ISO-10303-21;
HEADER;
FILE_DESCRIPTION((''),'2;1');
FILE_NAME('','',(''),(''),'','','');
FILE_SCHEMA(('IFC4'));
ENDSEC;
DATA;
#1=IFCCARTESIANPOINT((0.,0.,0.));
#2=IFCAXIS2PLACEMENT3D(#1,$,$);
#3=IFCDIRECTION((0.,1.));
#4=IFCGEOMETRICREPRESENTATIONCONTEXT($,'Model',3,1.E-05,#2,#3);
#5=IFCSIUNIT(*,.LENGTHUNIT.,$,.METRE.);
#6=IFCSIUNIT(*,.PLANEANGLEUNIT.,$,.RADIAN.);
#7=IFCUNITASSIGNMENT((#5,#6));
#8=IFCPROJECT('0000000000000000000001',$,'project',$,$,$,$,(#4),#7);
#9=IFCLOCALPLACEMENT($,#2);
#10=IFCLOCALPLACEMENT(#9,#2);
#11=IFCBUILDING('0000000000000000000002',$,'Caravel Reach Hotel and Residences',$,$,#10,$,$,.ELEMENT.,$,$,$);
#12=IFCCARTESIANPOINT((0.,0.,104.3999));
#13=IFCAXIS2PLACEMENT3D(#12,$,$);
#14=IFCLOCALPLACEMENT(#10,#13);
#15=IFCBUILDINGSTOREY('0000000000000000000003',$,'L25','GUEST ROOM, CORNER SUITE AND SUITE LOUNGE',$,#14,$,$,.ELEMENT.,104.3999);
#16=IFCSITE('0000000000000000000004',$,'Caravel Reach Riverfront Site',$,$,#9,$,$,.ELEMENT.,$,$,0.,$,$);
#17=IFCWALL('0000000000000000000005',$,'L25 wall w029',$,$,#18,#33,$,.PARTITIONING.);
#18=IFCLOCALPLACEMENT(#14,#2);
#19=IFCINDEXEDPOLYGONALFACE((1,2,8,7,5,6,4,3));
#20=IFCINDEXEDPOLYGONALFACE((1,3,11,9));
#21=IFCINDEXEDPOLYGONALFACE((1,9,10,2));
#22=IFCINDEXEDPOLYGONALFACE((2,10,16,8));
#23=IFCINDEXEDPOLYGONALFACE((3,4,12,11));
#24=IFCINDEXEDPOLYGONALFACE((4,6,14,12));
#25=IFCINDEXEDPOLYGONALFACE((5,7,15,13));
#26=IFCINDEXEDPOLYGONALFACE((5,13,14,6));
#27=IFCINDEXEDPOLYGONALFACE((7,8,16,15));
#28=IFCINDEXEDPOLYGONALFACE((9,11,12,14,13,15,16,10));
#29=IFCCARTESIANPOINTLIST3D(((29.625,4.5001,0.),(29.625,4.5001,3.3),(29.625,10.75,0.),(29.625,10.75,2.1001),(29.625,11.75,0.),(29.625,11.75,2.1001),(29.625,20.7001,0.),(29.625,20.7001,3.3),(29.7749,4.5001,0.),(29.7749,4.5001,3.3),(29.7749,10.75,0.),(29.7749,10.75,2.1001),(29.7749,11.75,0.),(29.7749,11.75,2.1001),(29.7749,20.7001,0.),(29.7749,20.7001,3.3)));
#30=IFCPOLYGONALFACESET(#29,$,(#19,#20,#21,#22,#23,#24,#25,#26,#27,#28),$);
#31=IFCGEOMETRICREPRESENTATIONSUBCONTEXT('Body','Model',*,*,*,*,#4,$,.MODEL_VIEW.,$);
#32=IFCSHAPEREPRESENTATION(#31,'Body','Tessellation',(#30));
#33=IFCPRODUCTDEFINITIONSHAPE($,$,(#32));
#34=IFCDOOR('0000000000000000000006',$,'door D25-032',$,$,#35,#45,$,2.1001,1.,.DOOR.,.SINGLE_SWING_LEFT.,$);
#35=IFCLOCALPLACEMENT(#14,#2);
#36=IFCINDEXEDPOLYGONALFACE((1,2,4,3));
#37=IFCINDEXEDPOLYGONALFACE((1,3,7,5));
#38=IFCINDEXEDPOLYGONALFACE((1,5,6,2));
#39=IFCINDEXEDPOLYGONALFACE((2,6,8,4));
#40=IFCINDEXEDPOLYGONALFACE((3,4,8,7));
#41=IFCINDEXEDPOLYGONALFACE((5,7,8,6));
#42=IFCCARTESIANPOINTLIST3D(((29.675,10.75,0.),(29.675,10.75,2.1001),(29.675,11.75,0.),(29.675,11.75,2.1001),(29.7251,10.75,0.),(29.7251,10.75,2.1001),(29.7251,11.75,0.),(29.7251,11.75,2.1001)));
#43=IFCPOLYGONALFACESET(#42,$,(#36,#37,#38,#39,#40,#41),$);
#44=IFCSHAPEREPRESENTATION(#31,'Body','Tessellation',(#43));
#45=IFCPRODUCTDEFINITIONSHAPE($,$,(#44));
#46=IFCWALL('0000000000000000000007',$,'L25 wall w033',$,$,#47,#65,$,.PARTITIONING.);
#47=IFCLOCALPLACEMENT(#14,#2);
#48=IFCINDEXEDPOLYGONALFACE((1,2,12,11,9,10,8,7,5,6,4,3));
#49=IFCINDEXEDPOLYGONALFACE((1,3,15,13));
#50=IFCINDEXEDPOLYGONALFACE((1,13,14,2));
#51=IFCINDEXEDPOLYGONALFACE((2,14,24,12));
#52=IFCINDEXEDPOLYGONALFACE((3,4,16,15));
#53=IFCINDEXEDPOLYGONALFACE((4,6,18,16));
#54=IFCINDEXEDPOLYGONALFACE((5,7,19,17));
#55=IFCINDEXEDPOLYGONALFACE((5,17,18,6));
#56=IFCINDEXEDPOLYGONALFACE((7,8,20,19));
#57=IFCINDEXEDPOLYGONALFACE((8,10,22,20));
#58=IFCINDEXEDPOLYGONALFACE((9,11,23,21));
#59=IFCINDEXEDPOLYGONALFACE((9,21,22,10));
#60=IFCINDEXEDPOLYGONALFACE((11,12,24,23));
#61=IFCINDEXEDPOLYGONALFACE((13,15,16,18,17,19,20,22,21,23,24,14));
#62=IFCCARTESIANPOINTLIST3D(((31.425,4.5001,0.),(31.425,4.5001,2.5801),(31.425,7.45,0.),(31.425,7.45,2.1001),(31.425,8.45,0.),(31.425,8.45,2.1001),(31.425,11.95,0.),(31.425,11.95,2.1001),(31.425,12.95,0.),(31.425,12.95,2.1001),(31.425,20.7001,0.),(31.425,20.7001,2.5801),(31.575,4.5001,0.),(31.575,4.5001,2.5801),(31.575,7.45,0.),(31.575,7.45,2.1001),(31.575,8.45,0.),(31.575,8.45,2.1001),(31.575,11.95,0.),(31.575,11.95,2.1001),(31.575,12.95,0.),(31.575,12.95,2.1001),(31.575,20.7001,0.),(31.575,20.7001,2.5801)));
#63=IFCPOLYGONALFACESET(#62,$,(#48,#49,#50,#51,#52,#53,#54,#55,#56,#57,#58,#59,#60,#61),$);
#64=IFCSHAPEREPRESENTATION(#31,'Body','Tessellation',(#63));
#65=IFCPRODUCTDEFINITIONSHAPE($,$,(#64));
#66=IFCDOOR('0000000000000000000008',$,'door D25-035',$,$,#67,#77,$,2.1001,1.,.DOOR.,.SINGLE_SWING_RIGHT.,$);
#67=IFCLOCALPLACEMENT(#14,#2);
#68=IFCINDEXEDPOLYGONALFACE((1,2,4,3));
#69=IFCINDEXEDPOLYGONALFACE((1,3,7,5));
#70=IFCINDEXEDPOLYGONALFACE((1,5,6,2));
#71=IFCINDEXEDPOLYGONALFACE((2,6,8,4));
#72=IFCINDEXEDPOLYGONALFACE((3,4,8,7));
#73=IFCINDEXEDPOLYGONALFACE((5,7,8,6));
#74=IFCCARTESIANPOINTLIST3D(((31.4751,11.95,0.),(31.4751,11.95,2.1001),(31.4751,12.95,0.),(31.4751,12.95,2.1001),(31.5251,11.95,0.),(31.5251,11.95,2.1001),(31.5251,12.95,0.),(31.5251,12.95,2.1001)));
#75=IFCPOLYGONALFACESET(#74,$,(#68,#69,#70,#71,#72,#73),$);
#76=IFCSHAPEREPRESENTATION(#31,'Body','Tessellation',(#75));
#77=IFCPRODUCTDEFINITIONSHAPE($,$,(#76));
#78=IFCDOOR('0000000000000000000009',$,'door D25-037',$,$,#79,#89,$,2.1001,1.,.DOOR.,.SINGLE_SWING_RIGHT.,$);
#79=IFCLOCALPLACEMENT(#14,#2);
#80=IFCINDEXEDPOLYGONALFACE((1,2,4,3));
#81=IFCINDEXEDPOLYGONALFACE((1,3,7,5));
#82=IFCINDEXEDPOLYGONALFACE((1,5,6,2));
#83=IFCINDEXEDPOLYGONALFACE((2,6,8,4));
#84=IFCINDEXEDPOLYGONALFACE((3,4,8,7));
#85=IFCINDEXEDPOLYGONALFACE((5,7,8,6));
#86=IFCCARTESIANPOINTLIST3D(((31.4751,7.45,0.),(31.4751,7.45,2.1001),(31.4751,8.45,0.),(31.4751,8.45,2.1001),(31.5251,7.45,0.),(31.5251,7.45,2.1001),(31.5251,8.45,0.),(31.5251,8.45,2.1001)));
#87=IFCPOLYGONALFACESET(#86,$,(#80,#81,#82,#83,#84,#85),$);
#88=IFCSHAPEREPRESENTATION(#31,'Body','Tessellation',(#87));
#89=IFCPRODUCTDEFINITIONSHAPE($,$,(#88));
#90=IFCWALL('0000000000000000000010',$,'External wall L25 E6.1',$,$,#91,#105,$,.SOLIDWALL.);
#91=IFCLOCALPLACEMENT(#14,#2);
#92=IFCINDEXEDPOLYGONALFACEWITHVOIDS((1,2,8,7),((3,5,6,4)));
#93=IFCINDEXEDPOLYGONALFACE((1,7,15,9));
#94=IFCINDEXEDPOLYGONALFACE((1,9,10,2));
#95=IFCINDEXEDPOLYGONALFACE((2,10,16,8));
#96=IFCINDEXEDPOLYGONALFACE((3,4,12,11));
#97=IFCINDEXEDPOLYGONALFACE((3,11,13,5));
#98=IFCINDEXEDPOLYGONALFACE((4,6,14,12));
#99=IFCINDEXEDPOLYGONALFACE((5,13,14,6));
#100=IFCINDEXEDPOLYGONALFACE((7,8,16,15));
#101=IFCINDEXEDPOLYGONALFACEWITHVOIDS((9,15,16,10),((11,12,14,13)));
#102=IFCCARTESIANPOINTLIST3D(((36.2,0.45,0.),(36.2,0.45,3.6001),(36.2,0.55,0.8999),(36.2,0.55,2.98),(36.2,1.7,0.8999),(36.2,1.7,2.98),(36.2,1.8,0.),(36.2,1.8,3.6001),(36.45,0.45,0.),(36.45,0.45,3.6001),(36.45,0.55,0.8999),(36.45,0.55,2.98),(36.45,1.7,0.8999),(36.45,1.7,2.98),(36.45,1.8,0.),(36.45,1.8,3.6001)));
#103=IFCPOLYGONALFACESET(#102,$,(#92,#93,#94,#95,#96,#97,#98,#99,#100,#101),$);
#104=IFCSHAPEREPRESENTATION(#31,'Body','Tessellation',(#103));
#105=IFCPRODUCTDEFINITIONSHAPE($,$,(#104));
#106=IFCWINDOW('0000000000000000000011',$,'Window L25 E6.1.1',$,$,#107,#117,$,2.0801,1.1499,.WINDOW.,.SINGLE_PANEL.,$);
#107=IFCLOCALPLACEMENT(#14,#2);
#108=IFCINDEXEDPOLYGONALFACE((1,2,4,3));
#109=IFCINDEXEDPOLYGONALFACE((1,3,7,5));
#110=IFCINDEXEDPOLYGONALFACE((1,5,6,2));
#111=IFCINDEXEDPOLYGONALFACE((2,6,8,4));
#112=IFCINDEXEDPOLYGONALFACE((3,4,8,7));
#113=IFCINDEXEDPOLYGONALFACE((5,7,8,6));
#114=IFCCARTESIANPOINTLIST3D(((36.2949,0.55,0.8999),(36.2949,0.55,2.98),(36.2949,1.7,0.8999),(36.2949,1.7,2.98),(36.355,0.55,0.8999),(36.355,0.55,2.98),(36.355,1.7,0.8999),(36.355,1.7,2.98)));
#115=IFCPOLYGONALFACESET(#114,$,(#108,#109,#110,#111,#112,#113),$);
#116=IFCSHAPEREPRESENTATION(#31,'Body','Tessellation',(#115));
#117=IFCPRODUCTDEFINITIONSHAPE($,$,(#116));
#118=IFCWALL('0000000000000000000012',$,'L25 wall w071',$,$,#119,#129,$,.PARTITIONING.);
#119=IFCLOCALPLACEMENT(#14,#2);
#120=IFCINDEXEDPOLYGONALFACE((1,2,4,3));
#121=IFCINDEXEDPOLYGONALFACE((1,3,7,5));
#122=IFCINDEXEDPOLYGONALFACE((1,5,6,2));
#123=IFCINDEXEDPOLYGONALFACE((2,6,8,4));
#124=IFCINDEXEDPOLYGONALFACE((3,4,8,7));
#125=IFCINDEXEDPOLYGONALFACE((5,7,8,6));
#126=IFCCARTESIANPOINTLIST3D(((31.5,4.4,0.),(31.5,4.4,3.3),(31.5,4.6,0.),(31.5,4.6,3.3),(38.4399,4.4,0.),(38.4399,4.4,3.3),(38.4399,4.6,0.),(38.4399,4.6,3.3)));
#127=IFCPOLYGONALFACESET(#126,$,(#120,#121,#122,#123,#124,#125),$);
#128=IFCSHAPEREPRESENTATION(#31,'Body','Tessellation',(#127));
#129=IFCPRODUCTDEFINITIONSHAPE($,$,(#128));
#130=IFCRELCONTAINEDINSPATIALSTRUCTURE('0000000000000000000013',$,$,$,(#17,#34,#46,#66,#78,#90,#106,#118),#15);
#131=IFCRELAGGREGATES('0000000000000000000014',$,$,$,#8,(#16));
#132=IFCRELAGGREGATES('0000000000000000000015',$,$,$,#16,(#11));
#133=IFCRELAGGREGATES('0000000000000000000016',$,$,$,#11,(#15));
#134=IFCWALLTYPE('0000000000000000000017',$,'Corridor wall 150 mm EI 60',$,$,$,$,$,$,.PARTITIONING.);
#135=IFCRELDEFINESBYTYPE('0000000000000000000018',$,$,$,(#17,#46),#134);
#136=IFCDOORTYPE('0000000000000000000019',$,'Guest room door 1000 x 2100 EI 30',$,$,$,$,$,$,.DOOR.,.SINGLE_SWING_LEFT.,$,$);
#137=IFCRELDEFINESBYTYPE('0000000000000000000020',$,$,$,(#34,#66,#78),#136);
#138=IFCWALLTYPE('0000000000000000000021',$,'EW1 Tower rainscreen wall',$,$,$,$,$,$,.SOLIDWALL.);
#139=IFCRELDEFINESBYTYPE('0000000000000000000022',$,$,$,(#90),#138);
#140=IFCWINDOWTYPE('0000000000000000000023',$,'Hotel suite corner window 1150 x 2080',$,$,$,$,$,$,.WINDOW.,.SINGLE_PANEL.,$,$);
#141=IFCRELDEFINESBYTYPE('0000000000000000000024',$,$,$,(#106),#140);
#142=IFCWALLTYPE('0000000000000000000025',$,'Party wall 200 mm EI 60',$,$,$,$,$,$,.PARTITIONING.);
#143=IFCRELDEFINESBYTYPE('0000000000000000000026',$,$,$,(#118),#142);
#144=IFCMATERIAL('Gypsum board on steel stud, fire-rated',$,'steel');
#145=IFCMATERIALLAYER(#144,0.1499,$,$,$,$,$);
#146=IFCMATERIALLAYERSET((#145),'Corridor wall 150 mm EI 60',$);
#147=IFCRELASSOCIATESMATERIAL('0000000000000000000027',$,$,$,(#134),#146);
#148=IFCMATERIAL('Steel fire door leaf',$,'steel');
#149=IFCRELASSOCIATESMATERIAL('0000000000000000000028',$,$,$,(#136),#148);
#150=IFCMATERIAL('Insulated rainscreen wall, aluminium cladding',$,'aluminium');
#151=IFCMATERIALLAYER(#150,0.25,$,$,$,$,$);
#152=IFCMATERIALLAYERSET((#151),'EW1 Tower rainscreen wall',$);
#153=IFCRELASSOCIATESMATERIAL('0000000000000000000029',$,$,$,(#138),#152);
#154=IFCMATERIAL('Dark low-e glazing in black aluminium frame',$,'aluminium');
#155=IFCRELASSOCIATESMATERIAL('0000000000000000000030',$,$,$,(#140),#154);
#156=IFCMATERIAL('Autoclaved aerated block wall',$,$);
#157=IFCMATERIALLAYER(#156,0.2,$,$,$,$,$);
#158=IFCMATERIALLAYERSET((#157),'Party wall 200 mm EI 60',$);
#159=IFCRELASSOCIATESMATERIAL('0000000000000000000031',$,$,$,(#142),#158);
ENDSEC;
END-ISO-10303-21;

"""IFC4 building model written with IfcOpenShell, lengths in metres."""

from ifc_helpers import new_model, si_unit, direction, frame, frame_2d, origin, place, context, subcontext, project, spatial, rectangle, extrude, material, layer, layer_set, type_object, element, fill, save


model = new_model("IFC4")

# Units and contexts
model_context = context("Model", 3, precision=1e-05, world=origin(), true_north=direction((0.0, 1.0)))
body_context = subcontext(model_context, "Body", "Model", "MODEL_VIEW")
ifc_project = project(units=[si_unit("LENGTHUNIT", "METRE"), si_unit("PLANEANGLEUNIT", "RADIAN")], contexts=[model_context])

# Site, building, storey
site_placement = place(None, origin())
site = spatial("IfcSite", under=ifc_project, at=site_placement, Name="Caravel Reach Riverfront Site", CompositionType="ELEMENT", RefElevation=0.0)
building_placement = place(site_placement, origin())
building = spatial("IfcBuilding", under=site, at=building_placement, Name="Caravel Reach Hotel and Residences", CompositionType="ELEMENT")
storey_placement = place(building_placement, frame((0.0, 0.0, 104.3999)))
storey = spatial("IfcBuildingStorey", under=building, at=storey_placement, Name="L25", Description="GUEST ROOM, CORNER SUITE AND SUITE LOUNGE", CompositionType="ELEMENT", Elevation=104.3999)

# Wall, opening, door
ifc_material_1 = material(Name="Gypsum board on steel stud, fire-rated", Category="steel")
ifc_layer_1 = layer(ifc_material_1, 0.1499)
ifc_layer_set_1 = layer_set([ifc_layer_1], Name="Corridor wall 150 mm EI 60")
wall_type_1 = type_object("IfcWallType", Name="Corridor wall 150 mm EI 60", PredefinedType="PARTITIONING", material=ifc_layer_set_1)
ifc_material_2 = material(Name="Steel fire door leaf", Category="steel")
door_type_1 = type_object("IfcDoorType", Name="Guest room door 1000 x 2100 EI 30", OperationType="SINGLE_SWING_LEFT", PredefinedType="DOOR", material=ifc_material_2)
wall_1_placement = place(storey_placement, frame((29.7, 4.5, 0.0), z_axis=(0.0, 0.0, 1.0), x_axis=(0.0, 1.0, 0.0)))
wall_1 = element("IfcWall", 1, at=wall_1_placement, inside=storey, type_object=wall_type_1, Name="L25 wall w029", PredefinedType="PARTITIONING", context=body_context, shape_type="SweptSolid", body=[
    extrude(rectangle(XDim=16.2, YDim=0.1499, at=frame_2d((8.1001, 0.0))), origin(), (0.0, 0.0, 1.0), 3.3),
])
opening_1_placement = place(wall_1_placement, frame((6.25, 0.0, 0.0)))
opening_1 = element("IfcOpeningElement", 2, at=opening_1_placement, cuts=wall_1, PredefinedType="OPENING", context=body_context, shape_type="SweptSolid", body=[
    extrude(rectangle(XDim=1.0, YDim=2.1001, at=frame_2d((0.5, 1.05))), frame((0.0, 0.085, 0.0), z_axis=(0.0, -1.0, 0.0), x_axis=(1.0, 0.0, 0.0)), (0.0, 0.0, 1.0), 0.1699),
])
door_1_placement = place(opening_1_placement, origin())
door_1 = element("IfcDoor", 3, at=door_1_placement, inside=storey, type_object=door_type_1, Name="door D25-032", OperationType="SINGLE_SWING_LEFT", OverallHeight=2.1001, OverallWidth=1.0, PredefinedType="DOOR", context=body_context, shape_type="SweptSolid", body=[
    extrude(rectangle(XDim=1.0, YDim=2.1001, at=frame_2d((0.5, 1.05))), frame((0.0, 0.0249, 0.0), z_axis=(0.0, -1.0, 0.0), x_axis=(1.0, 0.0, 0.0)), (0.0, 0.0, 1.0), 0.05),
])
fill(opening_1, door_1)

# Wall, openings, doors
wall_2_placement = place(storey_placement, frame((31.5, 4.5, 0.0), z_axis=(0.0, 0.0, 1.0), x_axis=(0.0, 1.0, 0.0)))
wall_2 = element("IfcWall", 4, at=wall_2_placement, inside=storey, type_object=wall_type_1, Name="L25 wall w033", PredefinedType="PARTITIONING", context=body_context, shape_type="SweptSolid", body=[
    extrude(rectangle(XDim=16.2, YDim=0.1499, at=frame_2d((8.1001, 0.0))), origin(), (0.0, 0.0, 1.0), 2.5801),
])
opening_2_placement = place(wall_2_placement, frame((7.45, 0.0, 0.0)))
opening_2 = element("IfcOpeningElement", 5, at=opening_2_placement, cuts=wall_2, PredefinedType="OPENING", context=body_context, shape_type="SweptSolid", body=[
    extrude(rectangle(XDim=1.0, YDim=2.1001, at=frame_2d((0.5, 1.05))), frame((0.0, 0.085, 0.0), z_axis=(0.0, -1.0, 0.0), x_axis=(1.0, 0.0, 0.0)), (0.0, 0.0, 1.0), 0.1699),
])
opening_3_placement = place(wall_2_placement, frame((2.95, 0.0, 0.0)))
opening_3 = element("IfcOpeningElement", 6, at=opening_3_placement, cuts=wall_2, PredefinedType="OPENING", context=body_context, shape_type="SweptSolid", body=[
    extrude(rectangle(XDim=1.0, YDim=2.1001, at=frame_2d((0.5, 1.05))), frame((0.0, 0.085, 0.0), z_axis=(0.0, -1.0, 0.0), x_axis=(1.0, 0.0, 0.0)), (0.0, 0.0, 1.0), 0.1699),
])
door_2_placement = place(opening_2_placement, origin())
door_2 = element("IfcDoor", 7, at=door_2_placement, inside=storey, type_object=door_type_1, Name="door D25-035", OperationType="SINGLE_SWING_RIGHT", OverallHeight=2.1001, OverallWidth=1.0, PredefinedType="DOOR", context=body_context, shape_type="SweptSolid", body=[
    extrude(rectangle(XDim=1.0, YDim=2.1001, at=frame_2d((0.5, 1.05))), frame((0.0, 0.0249, 0.0), z_axis=(0.0, -1.0, 0.0), x_axis=(1.0, 0.0, 0.0)), (0.0, 0.0, 1.0), 0.05),
])
fill(opening_2, door_2)
door_3_placement = place(opening_3_placement, origin())
door_3 = element("IfcDoor", 8, at=door_3_placement, inside=storey, type_object=door_type_1, Name="door D25-037", OperationType="SINGLE_SWING_RIGHT", OverallHeight=2.1001, OverallWidth=1.0, PredefinedType="DOOR", context=body_context, shape_type="SweptSolid", body=[
    extrude(rectangle(XDim=1.0, YDim=2.1001, at=frame_2d((0.5, 1.05))), frame((0.0, 0.0249, 0.0), z_axis=(0.0, -1.0, 0.0), x_axis=(1.0, 0.0, 0.0)), (0.0, 0.0, 1.0), 0.05),
])
fill(opening_3, door_3)

# Wall, opening, window
ifc_material_3 = material(Name="Insulated rainscreen wall, aluminium cladding", Category="aluminium")
ifc_layer_2 = layer(ifc_material_3, 0.25)
ifc_layer_set_2 = layer_set([ifc_layer_2], Name="EW1 Tower rainscreen wall")
wall_type_2 = type_object("IfcWallType", Name="EW1 Tower rainscreen wall", PredefinedType="SOLIDWALL", material=ifc_layer_set_2)
wall_3_placement = place(storey_placement, frame((36.325, 0.45, 0.0), z_axis=(0.0, 0.0, 1.0), x_axis=(0.0, 1.0, 0.0)))
wall_3 = element("IfcWall", 9, at=wall_3_placement, inside=storey, type_object=wall_type_2, Name="External wall L25 E6.1", PredefinedType="SOLIDWALL", context=body_context, shape_type="SweptSolid", body=[
    extrude(rectangle(XDim=1.3501, YDim=0.25, at=frame_2d((0.675, 0.0))), origin(), (0.0, 0.0, 1.0), 3.6001),
])
opening_4_placement = place(wall_3_placement, frame((0.1001, 0.0, 0.8999)))
opening_4 = element("IfcOpeningElement", 10, at=opening_4_placement, cuts=wall_3, PredefinedType="OPENING", context=body_context, shape_type="SweptSolid", body=[
    extrude(rectangle(XDim=1.1499, YDim=2.0801, at=frame_2d((0.575, 1.04))), frame((0.0, 0.135, 0.0), z_axis=(0.0, -1.0, 0.0), x_axis=(1.0, 0.0, 0.0)), (0.0, 0.0, 1.0), 0.27),
])
ifc_material_4 = material(Name="Dark low-e glazing in black aluminium frame", Category="aluminium")
window_type = type_object("IfcWindowType", Name="Hotel suite corner window 1150 x 2080", PartitioningType="SINGLE_PANEL", PredefinedType="WINDOW", material=ifc_material_4)
window_placement = place(opening_4_placement, origin())
window = element("IfcWindow", 11, at=window_placement, inside=storey, type_object=window_type, Name="Window L25 E6.1.1", OverallHeight=2.0801, OverallWidth=1.1499, PartitioningType="SINGLE_PANEL", PredefinedType="WINDOW", context=body_context, shape_type="SweptSolid", body=[
    extrude(rectangle(XDim=1.1499, YDim=2.0801, at=frame_2d((0.575, 1.04))), frame((0.0, 0.03, 0.0), z_axis=(0.0, -1.0, 0.0), x_axis=(1.0, 0.0, 0.0)), (0.0, 0.0, 1.0), 0.0601),
])
fill(opening_4, window)

# Wall
ifc_material_5 = material(Name="Autoclaved aerated block wall")
ifc_layer_3 = layer(ifc_material_5, 0.2)
ifc_layer_set_3 = layer_set([ifc_layer_3], Name="Party wall 200 mm EI 60")
wall_type_3 = type_object("IfcWallType", Name="Party wall 200 mm EI 60", PredefinedType="PARTITIONING", material=ifc_layer_set_3)
wall_4_placement = place(storey_placement, frame((31.5, 4.5, 0.0), z_axis=(0.0, 0.0, 1.0), x_axis=(1.0, 0.0, 0.0)))
element("IfcWall", 12, at=wall_4_placement, inside=storey, type_object=wall_type_3, Name="L25 wall w071", PredefinedType="PARTITIONING", context=body_context, shape_type="SweptSolid", body=[
    extrude(rectangle(XDim=6.9399, YDim=0.2, at=frame_2d((3.47, 0.0))), origin(), (0.0, 0.0, 1.0), 3.3),
])

save(model, "model.ifc")
